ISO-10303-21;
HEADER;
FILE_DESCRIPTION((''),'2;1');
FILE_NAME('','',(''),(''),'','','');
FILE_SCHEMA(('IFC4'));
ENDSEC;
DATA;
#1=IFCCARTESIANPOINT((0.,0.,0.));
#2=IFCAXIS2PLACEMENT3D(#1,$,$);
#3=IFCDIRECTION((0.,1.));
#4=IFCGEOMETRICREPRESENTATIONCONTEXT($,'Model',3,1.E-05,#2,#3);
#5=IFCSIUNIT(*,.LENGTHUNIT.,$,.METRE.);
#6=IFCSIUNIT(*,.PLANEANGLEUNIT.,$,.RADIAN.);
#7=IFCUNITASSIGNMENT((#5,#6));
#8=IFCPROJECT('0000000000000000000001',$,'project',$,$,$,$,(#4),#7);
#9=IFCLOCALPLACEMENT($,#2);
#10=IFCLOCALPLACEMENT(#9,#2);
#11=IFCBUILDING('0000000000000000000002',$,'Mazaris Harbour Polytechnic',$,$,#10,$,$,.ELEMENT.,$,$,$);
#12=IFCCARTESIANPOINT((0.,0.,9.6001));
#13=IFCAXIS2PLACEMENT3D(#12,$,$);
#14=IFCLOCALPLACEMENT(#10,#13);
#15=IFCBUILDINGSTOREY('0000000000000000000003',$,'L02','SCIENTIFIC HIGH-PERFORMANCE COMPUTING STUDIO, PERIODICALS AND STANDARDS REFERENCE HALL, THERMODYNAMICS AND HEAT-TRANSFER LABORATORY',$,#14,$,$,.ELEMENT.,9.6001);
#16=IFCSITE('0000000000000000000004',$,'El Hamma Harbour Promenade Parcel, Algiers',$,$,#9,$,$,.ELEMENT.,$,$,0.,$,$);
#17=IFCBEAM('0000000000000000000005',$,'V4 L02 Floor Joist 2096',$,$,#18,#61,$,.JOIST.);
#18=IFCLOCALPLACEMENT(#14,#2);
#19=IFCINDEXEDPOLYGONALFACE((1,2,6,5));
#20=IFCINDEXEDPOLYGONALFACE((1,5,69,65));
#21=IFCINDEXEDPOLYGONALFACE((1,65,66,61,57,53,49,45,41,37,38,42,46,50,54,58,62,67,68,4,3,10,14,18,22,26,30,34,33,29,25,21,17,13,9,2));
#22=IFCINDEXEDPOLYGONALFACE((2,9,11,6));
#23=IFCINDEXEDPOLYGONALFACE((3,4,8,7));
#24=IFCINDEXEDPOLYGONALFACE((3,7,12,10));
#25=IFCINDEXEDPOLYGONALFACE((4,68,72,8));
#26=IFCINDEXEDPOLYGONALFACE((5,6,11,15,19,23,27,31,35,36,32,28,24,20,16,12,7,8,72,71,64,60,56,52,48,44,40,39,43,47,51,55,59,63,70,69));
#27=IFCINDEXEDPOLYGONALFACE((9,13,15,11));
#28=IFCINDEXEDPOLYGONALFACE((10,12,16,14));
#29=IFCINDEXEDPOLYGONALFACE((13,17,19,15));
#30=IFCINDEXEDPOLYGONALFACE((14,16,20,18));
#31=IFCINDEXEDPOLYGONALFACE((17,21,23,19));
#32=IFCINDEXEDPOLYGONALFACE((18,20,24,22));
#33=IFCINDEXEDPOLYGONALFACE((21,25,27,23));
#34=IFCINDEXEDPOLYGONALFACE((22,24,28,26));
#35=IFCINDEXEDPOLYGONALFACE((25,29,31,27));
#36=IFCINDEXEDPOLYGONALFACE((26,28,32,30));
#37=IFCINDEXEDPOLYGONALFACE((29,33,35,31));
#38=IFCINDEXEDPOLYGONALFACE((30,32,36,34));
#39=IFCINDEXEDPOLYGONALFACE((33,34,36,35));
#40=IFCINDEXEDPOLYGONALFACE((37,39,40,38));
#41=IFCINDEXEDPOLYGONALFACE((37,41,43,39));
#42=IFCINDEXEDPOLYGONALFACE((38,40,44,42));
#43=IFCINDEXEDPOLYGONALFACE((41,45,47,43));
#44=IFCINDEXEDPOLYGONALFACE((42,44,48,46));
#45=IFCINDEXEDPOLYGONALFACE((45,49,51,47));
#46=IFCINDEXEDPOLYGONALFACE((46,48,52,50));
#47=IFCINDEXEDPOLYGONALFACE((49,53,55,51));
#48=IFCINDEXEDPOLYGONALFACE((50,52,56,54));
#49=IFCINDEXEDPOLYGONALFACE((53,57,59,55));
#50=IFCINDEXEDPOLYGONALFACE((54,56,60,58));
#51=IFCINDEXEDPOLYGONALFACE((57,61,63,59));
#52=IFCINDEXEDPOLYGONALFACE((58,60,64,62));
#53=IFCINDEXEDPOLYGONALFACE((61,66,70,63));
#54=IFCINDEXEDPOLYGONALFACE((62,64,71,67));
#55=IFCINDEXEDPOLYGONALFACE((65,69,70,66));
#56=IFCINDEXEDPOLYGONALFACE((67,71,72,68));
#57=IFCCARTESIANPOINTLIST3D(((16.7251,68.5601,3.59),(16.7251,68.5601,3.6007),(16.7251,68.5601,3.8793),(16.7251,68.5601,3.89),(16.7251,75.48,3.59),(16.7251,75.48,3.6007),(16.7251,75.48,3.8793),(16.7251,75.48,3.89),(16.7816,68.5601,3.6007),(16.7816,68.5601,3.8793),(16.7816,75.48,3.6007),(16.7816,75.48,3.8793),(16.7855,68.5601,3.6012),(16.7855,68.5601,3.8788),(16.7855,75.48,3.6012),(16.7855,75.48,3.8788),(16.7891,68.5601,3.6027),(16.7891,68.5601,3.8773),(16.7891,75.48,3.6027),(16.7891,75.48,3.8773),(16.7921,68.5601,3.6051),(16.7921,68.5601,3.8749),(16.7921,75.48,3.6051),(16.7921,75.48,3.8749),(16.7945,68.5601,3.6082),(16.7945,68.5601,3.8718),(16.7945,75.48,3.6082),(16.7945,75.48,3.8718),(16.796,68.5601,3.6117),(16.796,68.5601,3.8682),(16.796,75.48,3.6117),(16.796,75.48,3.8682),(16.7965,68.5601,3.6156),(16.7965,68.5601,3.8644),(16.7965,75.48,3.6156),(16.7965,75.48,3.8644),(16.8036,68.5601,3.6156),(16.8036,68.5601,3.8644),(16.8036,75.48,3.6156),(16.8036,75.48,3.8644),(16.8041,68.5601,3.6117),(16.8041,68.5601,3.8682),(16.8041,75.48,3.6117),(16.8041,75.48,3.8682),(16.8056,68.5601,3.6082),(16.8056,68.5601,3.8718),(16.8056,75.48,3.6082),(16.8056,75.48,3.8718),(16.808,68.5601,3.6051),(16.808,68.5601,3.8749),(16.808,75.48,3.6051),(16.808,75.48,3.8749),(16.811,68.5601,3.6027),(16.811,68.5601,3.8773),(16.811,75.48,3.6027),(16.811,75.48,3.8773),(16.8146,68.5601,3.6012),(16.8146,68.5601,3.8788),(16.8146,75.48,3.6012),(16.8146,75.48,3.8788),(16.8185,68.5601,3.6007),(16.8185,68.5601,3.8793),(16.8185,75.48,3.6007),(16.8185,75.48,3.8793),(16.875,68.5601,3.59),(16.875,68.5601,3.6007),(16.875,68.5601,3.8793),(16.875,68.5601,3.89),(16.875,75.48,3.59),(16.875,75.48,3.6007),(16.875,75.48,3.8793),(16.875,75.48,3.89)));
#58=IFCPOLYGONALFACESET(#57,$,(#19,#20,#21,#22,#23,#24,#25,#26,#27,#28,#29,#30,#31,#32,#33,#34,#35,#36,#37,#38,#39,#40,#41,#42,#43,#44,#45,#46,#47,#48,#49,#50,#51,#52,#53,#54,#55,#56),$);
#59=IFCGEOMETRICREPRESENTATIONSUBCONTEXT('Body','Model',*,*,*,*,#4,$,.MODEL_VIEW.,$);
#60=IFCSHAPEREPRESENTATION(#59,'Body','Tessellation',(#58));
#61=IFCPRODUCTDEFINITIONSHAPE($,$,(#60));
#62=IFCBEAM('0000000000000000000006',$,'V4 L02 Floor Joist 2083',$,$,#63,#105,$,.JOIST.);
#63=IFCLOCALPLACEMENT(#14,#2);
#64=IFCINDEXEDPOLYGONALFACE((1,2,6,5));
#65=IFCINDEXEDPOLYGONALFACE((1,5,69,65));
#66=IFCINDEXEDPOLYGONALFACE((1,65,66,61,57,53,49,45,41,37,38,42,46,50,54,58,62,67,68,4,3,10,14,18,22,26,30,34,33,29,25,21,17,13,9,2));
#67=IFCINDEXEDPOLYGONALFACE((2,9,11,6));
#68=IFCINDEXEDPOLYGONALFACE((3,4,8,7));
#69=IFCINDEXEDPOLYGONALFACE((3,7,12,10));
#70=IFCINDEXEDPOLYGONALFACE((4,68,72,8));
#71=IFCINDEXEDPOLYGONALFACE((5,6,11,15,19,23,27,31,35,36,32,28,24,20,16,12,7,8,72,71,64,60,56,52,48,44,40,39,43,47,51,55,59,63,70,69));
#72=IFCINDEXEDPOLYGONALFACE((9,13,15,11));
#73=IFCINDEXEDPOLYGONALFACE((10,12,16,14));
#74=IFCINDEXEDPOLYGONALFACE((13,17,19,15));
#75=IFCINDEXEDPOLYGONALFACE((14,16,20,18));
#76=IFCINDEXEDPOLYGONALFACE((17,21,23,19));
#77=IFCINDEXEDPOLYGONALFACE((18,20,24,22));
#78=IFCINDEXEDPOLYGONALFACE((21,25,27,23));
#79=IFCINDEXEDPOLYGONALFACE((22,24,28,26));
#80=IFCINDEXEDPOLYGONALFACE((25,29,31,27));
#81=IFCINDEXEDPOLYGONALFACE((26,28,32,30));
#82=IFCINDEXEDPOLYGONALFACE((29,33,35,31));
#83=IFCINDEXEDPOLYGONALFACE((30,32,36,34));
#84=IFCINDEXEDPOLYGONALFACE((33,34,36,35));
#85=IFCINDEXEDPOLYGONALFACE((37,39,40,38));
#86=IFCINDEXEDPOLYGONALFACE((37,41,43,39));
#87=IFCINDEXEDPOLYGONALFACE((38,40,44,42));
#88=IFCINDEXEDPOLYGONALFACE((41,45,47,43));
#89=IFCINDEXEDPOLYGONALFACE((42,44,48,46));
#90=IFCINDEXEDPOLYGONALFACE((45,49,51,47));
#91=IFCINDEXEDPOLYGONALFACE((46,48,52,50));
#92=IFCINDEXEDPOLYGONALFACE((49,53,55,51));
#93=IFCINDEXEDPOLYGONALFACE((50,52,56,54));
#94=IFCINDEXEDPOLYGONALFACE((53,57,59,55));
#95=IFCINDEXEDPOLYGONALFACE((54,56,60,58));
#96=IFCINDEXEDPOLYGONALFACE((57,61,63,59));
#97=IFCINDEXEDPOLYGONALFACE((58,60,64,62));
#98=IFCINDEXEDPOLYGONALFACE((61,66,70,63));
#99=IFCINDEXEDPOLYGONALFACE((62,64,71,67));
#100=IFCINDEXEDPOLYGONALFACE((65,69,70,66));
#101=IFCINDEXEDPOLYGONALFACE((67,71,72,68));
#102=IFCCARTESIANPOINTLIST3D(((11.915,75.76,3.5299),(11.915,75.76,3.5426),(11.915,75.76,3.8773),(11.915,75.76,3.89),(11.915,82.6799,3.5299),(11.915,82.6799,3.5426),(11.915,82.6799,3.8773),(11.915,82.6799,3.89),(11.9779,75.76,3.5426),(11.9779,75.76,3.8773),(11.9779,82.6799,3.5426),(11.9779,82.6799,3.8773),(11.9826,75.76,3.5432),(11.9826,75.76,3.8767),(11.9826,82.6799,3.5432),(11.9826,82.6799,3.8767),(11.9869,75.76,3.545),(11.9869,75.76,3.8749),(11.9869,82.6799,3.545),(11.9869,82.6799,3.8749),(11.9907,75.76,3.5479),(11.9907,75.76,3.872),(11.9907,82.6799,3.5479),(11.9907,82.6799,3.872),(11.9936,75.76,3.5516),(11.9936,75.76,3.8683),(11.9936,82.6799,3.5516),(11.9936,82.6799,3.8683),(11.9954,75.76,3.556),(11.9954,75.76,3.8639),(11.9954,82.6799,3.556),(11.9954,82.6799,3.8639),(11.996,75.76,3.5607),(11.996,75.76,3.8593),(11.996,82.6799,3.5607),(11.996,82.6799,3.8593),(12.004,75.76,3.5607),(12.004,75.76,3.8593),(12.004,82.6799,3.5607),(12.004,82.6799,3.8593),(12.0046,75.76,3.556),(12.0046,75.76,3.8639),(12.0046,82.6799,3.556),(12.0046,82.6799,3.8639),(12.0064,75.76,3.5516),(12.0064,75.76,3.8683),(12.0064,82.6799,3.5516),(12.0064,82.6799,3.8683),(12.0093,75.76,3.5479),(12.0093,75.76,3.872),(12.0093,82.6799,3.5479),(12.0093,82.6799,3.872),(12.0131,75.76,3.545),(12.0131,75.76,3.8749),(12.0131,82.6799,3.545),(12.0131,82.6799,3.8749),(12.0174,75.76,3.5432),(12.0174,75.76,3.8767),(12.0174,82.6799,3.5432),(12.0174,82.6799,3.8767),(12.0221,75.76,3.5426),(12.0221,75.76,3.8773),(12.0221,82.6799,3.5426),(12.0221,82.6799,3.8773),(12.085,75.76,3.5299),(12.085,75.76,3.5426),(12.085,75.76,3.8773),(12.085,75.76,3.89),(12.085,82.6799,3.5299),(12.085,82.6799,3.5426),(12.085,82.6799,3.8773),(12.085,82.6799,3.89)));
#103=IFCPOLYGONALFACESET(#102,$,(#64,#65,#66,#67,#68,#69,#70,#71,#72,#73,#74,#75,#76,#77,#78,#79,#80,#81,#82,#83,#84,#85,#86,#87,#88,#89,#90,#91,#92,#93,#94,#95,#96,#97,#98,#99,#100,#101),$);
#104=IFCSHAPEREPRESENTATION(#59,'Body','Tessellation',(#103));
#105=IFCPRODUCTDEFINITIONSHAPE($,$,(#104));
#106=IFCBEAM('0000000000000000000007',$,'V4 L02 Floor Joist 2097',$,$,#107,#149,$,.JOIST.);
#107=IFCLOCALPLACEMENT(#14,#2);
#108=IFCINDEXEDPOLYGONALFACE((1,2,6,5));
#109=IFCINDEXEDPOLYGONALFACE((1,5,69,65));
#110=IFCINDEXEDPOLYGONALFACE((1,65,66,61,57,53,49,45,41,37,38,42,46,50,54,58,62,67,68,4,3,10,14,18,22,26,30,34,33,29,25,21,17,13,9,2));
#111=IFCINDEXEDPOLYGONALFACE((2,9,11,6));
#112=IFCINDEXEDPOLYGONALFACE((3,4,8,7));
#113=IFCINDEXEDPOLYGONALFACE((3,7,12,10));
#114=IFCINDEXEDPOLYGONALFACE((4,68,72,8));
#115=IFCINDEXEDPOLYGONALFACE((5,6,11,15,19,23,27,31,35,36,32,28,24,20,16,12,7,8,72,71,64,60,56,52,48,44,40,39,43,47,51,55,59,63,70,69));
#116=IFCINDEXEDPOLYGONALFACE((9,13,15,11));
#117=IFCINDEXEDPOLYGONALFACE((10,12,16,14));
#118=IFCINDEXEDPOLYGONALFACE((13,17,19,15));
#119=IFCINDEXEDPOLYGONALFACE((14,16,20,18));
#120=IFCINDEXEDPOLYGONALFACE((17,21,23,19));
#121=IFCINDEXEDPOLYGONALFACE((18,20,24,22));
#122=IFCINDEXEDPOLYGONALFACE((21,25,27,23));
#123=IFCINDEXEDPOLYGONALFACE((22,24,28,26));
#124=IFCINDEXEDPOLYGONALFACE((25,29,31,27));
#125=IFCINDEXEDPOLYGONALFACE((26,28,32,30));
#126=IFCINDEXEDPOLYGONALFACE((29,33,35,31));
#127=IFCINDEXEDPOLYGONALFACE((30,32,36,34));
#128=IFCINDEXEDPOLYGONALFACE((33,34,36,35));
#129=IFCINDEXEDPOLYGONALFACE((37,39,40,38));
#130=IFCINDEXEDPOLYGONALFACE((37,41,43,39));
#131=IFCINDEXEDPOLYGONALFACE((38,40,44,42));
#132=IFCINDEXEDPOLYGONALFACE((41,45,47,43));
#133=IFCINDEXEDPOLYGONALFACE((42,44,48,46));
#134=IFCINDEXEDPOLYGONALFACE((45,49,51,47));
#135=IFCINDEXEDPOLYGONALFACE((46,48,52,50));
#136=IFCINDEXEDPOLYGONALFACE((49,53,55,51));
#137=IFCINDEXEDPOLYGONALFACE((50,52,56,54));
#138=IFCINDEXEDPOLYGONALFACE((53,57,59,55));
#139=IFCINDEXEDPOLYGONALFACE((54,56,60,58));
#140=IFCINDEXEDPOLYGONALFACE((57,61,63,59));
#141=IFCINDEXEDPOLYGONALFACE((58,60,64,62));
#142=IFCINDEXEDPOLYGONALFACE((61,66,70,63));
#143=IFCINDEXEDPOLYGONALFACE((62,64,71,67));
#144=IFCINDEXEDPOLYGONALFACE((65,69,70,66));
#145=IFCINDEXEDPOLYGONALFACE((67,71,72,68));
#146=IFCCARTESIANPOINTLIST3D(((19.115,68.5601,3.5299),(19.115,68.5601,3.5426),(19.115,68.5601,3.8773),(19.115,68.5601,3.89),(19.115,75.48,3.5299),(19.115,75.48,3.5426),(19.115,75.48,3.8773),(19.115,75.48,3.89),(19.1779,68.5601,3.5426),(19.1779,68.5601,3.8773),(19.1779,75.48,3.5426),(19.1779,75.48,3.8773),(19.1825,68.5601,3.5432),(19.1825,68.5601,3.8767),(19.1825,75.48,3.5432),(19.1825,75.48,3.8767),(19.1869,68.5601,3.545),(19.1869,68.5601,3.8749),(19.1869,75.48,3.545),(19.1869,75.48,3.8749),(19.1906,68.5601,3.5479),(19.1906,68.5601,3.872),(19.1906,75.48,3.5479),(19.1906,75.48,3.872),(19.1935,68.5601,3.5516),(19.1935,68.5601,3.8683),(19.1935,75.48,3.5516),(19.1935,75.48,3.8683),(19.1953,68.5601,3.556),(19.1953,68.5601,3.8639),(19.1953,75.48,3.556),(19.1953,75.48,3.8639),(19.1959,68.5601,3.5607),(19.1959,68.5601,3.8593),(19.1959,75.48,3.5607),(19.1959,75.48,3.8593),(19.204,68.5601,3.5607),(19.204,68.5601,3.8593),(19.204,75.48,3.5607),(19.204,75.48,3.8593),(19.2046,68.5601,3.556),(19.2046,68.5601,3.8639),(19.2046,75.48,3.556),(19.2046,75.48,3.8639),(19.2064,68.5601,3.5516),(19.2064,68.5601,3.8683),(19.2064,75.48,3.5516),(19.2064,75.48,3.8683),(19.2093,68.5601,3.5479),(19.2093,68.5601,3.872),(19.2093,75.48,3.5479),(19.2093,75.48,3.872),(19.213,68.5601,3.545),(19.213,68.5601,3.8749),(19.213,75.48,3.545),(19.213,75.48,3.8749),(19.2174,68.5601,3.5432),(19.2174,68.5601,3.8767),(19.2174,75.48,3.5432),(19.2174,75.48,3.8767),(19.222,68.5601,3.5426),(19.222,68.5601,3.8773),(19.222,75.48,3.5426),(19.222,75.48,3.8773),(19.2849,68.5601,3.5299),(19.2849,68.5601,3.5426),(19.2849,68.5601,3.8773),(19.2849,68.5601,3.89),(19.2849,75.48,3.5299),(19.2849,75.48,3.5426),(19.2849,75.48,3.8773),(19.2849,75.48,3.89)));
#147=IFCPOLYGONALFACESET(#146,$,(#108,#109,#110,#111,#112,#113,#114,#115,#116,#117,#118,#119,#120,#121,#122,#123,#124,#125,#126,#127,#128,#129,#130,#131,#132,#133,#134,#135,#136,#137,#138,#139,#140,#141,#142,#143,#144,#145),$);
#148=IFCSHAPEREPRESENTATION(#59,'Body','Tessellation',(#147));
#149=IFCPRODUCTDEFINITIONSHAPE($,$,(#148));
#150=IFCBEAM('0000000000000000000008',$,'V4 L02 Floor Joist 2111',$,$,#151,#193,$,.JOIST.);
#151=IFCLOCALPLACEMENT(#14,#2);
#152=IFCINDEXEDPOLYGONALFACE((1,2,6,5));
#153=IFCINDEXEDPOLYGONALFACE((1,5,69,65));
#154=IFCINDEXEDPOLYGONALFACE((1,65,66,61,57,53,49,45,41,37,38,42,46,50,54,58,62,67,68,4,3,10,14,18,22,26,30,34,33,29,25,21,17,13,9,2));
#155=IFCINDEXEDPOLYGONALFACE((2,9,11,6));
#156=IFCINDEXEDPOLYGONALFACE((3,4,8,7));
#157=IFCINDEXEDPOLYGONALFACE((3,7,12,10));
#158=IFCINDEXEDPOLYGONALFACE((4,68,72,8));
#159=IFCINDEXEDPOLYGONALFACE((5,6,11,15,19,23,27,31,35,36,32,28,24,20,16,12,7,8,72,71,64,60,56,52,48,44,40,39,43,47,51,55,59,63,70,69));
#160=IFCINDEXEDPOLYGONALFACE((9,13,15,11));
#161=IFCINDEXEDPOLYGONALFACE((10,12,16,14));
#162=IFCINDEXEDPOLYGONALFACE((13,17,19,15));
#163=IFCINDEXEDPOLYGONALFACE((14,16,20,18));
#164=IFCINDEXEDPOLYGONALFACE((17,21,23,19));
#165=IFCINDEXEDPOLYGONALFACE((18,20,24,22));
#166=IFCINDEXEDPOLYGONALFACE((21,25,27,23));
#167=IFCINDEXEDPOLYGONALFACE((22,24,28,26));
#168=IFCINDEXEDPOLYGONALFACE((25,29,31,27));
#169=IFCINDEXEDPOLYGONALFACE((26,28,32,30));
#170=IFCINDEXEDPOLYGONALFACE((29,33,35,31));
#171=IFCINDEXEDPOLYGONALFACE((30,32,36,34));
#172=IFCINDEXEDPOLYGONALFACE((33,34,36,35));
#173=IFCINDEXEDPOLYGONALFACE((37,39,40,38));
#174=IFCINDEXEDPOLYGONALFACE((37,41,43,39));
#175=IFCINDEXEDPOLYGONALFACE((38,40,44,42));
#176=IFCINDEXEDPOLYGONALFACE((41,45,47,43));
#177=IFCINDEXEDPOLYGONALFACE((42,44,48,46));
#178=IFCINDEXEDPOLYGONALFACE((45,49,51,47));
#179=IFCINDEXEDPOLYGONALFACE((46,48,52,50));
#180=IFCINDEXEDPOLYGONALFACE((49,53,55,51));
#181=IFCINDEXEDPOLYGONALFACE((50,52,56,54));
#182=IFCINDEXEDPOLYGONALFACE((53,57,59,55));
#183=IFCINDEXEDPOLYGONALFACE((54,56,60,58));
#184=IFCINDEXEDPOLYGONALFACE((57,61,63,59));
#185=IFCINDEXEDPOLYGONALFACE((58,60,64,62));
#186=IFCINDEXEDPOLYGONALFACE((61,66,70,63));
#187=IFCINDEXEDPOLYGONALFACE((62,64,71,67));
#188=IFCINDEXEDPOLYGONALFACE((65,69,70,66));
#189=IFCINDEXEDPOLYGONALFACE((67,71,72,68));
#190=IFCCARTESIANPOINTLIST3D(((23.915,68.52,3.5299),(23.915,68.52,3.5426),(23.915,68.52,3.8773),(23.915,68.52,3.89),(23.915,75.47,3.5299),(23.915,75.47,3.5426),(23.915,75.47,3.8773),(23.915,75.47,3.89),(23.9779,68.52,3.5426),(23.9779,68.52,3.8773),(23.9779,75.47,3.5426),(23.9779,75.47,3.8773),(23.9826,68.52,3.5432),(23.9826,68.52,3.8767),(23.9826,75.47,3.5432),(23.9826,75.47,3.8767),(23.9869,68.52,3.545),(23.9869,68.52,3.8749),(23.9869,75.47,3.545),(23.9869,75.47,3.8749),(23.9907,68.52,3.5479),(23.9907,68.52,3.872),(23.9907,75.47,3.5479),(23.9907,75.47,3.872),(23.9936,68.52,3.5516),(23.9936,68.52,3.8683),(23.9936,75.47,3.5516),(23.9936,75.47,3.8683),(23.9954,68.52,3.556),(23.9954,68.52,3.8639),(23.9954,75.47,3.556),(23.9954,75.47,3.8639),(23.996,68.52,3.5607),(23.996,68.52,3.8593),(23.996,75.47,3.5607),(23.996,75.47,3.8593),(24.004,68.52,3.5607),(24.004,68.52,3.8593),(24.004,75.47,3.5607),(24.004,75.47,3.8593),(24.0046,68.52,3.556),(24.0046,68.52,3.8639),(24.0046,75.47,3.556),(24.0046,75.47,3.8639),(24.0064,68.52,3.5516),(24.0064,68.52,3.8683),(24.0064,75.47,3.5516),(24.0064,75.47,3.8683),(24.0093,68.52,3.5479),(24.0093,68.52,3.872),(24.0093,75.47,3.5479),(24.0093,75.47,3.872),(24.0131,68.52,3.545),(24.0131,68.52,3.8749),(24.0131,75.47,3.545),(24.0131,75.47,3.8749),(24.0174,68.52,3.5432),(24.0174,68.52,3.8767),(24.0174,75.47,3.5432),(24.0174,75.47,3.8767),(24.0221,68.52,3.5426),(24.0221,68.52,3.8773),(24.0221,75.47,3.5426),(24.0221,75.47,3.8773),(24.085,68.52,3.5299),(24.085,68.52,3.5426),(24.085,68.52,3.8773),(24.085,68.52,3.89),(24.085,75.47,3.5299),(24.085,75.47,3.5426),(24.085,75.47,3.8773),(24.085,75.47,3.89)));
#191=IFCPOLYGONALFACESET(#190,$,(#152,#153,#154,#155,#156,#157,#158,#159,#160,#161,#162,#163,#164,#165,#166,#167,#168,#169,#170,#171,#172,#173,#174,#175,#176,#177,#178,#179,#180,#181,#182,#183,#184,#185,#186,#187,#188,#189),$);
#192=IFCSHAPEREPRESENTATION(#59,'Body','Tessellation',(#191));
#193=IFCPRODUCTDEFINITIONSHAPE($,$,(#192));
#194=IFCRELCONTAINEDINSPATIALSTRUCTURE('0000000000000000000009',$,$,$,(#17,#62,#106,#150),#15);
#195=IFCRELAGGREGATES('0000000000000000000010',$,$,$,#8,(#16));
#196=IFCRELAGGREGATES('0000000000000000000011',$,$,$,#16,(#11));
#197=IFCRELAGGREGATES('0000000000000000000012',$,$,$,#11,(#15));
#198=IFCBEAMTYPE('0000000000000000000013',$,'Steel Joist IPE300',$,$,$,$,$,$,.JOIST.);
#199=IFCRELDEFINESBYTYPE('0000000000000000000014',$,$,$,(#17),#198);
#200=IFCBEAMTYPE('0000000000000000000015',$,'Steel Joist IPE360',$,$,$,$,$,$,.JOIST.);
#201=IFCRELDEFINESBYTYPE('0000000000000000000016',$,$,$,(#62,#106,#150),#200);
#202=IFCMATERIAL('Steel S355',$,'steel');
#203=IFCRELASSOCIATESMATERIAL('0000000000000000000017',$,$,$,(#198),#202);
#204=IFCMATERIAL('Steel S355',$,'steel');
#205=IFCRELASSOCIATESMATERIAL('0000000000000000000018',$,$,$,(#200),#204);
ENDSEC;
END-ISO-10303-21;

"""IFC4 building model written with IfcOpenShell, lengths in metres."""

from ifc_helpers import new_model, si_unit, direction, frame, origin, origin_2d, place, context, subcontext, project, spatial, i_section, extrude, material, material_profile, profile_set, type_object, element, save


model = new_model("IFC4")

# Units and contexts
model_context = context("Model", 3, precision=1e-05, world=origin(), true_north=direction((0.0, 1.0)))
body_context = subcontext(model_context, "Body", "Model", "MODEL_VIEW")
ifc_project = project(units=[si_unit("LENGTHUNIT", "METRE"), si_unit("PLANEANGLEUNIT", "RADIAN")], contexts=[model_context])

# Site, building, storey
site_placement = place(None, origin())
site = spatial("IfcSite", under=ifc_project, at=site_placement, Name="El Hamma Harbour Promenade Parcel, Algiers", CompositionType="ELEMENT", RefElevation=0.0)
building_placement = place(site_placement, origin())
building = spatial("IfcBuilding", under=site, at=building_placement, Name="Mazaris Harbour Polytechnic", CompositionType="ELEMENT")
storey_placement = place(building_placement, frame((0.0, 0.0, 9.6001)))
storey = spatial("IfcBuildingStorey", under=building, at=storey_placement, Name="L02", Description="SCIENTIFIC HIGH-PERFORMANCE COMPUTING STUDIO, PERIODICALS AND STANDARDS REFERENCE HALL, THERMODYNAMICS AND HEAT-TRANSFER LABORATORY", CompositionType="ELEMENT", Elevation=9.6001)

# Beams
ifc_material_1 = material(Name="Steel S355", Category="steel")
ifc_material_profile_1 = material_profile(ifc_material_1, i_section(OverallWidth=0.1499, OverallDepth=0.3, WebThickness=0.0071, FlangeThickness=0.0107, FilletRadius=0.0149, at=origin_2d()), Name="IPE 300")
ifc_profile_set_1 = profile_set([ifc_material_profile_1], Name="Steel S355")
beam_type_1 = type_object("IfcBeamType", Name="Steel Joist IPE300", PredefinedType="JOIST", material=ifc_profile_set_1)
beam_1_placement = place(storey_placement, frame((16.8, 68.5601, 3.74), z_axis=(0.0, 1.0, 0.0), x_axis=(-1.0, 0.0, 0.0)))
element("IfcBeam", 1, at=beam_1_placement, inside=storey, type_object=beam_type_1, Name="V4 L02 Floor Joist 2096", PredefinedType="JOIST", context=body_context, shape_type="SweptSolid", body=[
    extrude(i_section(OverallWidth=0.1499, OverallDepth=0.3, WebThickness=0.0071, FlangeThickness=0.0107, FilletRadius=0.0149, at=origin_2d()), origin(), (0.0, 0.0, 1.0), 6.9199),
])
ifc_material_2 = material(Name="Steel S355", Category="steel")
ifc_material_profile_2 = material_profile(ifc_material_2, i_section(OverallWidth=0.1699, OverallDepth=0.3601, WebThickness=0.0081, FlangeThickness=0.0127, FilletRadius=0.0181, at=origin_2d()), Name="IPE 360")
ifc_profile_set_2 = profile_set([ifc_material_profile_2], Name="Steel S355")
beam_type_2 = type_object("IfcBeamType", Name="Steel Joist IPE360", PredefinedType="JOIST", material=ifc_profile_set_2)
for number, where, z_axis, x_axis, name in (
    (2, (12.0, 75.76, 3.71), (0.0, 1.0, 0.0), (-1.0, 0.0, 0.0), "V4 L02 Floor Joist 2083"),
    (3, (19.2, 68.5601, 3.71), (0.0, 1.0, 0.0), (-1.0, 0.0, 0.0), "V4 L02 Floor Joist 2097"),
):
    element("IfcBeam", number, at=place(storey_placement, frame(where, z_axis=z_axis, x_axis=x_axis)), inside=storey, type_object=beam_type_2, Name=name, PredefinedType="JOIST", context=body_context, shape_type="SweptSolid", body=[
        extrude(i_section(OverallWidth=0.1699, OverallDepth=0.3601, WebThickness=0.0081, FlangeThickness=0.0127, FilletRadius=0.0181, at=origin_2d()), origin(), (0.0, 0.0, 1.0), 6.9199),
    ])
beam_2_placement = place(storey_placement, frame((24.0, 68.52, 3.71), z_axis=(0.0, 1.0, 0.0), x_axis=(-1.0, 0.0, 0.0)))
element("IfcBeam", 4, at=beam_2_placement, inside=storey, type_object=beam_type_2, Name="V4 L02 Floor Joist 2111", PredefinedType="JOIST", context=body_context, shape_type="SweptSolid", body=[
    extrude(i_section(OverallWidth=0.1699, OverallDepth=0.3601, WebThickness=0.0081, FlangeThickness=0.0127, FilletRadius=0.0181, at=origin_2d()), origin(), (0.0, 0.0, 1.0), 6.95),
])

save(model, "model.ifc")
